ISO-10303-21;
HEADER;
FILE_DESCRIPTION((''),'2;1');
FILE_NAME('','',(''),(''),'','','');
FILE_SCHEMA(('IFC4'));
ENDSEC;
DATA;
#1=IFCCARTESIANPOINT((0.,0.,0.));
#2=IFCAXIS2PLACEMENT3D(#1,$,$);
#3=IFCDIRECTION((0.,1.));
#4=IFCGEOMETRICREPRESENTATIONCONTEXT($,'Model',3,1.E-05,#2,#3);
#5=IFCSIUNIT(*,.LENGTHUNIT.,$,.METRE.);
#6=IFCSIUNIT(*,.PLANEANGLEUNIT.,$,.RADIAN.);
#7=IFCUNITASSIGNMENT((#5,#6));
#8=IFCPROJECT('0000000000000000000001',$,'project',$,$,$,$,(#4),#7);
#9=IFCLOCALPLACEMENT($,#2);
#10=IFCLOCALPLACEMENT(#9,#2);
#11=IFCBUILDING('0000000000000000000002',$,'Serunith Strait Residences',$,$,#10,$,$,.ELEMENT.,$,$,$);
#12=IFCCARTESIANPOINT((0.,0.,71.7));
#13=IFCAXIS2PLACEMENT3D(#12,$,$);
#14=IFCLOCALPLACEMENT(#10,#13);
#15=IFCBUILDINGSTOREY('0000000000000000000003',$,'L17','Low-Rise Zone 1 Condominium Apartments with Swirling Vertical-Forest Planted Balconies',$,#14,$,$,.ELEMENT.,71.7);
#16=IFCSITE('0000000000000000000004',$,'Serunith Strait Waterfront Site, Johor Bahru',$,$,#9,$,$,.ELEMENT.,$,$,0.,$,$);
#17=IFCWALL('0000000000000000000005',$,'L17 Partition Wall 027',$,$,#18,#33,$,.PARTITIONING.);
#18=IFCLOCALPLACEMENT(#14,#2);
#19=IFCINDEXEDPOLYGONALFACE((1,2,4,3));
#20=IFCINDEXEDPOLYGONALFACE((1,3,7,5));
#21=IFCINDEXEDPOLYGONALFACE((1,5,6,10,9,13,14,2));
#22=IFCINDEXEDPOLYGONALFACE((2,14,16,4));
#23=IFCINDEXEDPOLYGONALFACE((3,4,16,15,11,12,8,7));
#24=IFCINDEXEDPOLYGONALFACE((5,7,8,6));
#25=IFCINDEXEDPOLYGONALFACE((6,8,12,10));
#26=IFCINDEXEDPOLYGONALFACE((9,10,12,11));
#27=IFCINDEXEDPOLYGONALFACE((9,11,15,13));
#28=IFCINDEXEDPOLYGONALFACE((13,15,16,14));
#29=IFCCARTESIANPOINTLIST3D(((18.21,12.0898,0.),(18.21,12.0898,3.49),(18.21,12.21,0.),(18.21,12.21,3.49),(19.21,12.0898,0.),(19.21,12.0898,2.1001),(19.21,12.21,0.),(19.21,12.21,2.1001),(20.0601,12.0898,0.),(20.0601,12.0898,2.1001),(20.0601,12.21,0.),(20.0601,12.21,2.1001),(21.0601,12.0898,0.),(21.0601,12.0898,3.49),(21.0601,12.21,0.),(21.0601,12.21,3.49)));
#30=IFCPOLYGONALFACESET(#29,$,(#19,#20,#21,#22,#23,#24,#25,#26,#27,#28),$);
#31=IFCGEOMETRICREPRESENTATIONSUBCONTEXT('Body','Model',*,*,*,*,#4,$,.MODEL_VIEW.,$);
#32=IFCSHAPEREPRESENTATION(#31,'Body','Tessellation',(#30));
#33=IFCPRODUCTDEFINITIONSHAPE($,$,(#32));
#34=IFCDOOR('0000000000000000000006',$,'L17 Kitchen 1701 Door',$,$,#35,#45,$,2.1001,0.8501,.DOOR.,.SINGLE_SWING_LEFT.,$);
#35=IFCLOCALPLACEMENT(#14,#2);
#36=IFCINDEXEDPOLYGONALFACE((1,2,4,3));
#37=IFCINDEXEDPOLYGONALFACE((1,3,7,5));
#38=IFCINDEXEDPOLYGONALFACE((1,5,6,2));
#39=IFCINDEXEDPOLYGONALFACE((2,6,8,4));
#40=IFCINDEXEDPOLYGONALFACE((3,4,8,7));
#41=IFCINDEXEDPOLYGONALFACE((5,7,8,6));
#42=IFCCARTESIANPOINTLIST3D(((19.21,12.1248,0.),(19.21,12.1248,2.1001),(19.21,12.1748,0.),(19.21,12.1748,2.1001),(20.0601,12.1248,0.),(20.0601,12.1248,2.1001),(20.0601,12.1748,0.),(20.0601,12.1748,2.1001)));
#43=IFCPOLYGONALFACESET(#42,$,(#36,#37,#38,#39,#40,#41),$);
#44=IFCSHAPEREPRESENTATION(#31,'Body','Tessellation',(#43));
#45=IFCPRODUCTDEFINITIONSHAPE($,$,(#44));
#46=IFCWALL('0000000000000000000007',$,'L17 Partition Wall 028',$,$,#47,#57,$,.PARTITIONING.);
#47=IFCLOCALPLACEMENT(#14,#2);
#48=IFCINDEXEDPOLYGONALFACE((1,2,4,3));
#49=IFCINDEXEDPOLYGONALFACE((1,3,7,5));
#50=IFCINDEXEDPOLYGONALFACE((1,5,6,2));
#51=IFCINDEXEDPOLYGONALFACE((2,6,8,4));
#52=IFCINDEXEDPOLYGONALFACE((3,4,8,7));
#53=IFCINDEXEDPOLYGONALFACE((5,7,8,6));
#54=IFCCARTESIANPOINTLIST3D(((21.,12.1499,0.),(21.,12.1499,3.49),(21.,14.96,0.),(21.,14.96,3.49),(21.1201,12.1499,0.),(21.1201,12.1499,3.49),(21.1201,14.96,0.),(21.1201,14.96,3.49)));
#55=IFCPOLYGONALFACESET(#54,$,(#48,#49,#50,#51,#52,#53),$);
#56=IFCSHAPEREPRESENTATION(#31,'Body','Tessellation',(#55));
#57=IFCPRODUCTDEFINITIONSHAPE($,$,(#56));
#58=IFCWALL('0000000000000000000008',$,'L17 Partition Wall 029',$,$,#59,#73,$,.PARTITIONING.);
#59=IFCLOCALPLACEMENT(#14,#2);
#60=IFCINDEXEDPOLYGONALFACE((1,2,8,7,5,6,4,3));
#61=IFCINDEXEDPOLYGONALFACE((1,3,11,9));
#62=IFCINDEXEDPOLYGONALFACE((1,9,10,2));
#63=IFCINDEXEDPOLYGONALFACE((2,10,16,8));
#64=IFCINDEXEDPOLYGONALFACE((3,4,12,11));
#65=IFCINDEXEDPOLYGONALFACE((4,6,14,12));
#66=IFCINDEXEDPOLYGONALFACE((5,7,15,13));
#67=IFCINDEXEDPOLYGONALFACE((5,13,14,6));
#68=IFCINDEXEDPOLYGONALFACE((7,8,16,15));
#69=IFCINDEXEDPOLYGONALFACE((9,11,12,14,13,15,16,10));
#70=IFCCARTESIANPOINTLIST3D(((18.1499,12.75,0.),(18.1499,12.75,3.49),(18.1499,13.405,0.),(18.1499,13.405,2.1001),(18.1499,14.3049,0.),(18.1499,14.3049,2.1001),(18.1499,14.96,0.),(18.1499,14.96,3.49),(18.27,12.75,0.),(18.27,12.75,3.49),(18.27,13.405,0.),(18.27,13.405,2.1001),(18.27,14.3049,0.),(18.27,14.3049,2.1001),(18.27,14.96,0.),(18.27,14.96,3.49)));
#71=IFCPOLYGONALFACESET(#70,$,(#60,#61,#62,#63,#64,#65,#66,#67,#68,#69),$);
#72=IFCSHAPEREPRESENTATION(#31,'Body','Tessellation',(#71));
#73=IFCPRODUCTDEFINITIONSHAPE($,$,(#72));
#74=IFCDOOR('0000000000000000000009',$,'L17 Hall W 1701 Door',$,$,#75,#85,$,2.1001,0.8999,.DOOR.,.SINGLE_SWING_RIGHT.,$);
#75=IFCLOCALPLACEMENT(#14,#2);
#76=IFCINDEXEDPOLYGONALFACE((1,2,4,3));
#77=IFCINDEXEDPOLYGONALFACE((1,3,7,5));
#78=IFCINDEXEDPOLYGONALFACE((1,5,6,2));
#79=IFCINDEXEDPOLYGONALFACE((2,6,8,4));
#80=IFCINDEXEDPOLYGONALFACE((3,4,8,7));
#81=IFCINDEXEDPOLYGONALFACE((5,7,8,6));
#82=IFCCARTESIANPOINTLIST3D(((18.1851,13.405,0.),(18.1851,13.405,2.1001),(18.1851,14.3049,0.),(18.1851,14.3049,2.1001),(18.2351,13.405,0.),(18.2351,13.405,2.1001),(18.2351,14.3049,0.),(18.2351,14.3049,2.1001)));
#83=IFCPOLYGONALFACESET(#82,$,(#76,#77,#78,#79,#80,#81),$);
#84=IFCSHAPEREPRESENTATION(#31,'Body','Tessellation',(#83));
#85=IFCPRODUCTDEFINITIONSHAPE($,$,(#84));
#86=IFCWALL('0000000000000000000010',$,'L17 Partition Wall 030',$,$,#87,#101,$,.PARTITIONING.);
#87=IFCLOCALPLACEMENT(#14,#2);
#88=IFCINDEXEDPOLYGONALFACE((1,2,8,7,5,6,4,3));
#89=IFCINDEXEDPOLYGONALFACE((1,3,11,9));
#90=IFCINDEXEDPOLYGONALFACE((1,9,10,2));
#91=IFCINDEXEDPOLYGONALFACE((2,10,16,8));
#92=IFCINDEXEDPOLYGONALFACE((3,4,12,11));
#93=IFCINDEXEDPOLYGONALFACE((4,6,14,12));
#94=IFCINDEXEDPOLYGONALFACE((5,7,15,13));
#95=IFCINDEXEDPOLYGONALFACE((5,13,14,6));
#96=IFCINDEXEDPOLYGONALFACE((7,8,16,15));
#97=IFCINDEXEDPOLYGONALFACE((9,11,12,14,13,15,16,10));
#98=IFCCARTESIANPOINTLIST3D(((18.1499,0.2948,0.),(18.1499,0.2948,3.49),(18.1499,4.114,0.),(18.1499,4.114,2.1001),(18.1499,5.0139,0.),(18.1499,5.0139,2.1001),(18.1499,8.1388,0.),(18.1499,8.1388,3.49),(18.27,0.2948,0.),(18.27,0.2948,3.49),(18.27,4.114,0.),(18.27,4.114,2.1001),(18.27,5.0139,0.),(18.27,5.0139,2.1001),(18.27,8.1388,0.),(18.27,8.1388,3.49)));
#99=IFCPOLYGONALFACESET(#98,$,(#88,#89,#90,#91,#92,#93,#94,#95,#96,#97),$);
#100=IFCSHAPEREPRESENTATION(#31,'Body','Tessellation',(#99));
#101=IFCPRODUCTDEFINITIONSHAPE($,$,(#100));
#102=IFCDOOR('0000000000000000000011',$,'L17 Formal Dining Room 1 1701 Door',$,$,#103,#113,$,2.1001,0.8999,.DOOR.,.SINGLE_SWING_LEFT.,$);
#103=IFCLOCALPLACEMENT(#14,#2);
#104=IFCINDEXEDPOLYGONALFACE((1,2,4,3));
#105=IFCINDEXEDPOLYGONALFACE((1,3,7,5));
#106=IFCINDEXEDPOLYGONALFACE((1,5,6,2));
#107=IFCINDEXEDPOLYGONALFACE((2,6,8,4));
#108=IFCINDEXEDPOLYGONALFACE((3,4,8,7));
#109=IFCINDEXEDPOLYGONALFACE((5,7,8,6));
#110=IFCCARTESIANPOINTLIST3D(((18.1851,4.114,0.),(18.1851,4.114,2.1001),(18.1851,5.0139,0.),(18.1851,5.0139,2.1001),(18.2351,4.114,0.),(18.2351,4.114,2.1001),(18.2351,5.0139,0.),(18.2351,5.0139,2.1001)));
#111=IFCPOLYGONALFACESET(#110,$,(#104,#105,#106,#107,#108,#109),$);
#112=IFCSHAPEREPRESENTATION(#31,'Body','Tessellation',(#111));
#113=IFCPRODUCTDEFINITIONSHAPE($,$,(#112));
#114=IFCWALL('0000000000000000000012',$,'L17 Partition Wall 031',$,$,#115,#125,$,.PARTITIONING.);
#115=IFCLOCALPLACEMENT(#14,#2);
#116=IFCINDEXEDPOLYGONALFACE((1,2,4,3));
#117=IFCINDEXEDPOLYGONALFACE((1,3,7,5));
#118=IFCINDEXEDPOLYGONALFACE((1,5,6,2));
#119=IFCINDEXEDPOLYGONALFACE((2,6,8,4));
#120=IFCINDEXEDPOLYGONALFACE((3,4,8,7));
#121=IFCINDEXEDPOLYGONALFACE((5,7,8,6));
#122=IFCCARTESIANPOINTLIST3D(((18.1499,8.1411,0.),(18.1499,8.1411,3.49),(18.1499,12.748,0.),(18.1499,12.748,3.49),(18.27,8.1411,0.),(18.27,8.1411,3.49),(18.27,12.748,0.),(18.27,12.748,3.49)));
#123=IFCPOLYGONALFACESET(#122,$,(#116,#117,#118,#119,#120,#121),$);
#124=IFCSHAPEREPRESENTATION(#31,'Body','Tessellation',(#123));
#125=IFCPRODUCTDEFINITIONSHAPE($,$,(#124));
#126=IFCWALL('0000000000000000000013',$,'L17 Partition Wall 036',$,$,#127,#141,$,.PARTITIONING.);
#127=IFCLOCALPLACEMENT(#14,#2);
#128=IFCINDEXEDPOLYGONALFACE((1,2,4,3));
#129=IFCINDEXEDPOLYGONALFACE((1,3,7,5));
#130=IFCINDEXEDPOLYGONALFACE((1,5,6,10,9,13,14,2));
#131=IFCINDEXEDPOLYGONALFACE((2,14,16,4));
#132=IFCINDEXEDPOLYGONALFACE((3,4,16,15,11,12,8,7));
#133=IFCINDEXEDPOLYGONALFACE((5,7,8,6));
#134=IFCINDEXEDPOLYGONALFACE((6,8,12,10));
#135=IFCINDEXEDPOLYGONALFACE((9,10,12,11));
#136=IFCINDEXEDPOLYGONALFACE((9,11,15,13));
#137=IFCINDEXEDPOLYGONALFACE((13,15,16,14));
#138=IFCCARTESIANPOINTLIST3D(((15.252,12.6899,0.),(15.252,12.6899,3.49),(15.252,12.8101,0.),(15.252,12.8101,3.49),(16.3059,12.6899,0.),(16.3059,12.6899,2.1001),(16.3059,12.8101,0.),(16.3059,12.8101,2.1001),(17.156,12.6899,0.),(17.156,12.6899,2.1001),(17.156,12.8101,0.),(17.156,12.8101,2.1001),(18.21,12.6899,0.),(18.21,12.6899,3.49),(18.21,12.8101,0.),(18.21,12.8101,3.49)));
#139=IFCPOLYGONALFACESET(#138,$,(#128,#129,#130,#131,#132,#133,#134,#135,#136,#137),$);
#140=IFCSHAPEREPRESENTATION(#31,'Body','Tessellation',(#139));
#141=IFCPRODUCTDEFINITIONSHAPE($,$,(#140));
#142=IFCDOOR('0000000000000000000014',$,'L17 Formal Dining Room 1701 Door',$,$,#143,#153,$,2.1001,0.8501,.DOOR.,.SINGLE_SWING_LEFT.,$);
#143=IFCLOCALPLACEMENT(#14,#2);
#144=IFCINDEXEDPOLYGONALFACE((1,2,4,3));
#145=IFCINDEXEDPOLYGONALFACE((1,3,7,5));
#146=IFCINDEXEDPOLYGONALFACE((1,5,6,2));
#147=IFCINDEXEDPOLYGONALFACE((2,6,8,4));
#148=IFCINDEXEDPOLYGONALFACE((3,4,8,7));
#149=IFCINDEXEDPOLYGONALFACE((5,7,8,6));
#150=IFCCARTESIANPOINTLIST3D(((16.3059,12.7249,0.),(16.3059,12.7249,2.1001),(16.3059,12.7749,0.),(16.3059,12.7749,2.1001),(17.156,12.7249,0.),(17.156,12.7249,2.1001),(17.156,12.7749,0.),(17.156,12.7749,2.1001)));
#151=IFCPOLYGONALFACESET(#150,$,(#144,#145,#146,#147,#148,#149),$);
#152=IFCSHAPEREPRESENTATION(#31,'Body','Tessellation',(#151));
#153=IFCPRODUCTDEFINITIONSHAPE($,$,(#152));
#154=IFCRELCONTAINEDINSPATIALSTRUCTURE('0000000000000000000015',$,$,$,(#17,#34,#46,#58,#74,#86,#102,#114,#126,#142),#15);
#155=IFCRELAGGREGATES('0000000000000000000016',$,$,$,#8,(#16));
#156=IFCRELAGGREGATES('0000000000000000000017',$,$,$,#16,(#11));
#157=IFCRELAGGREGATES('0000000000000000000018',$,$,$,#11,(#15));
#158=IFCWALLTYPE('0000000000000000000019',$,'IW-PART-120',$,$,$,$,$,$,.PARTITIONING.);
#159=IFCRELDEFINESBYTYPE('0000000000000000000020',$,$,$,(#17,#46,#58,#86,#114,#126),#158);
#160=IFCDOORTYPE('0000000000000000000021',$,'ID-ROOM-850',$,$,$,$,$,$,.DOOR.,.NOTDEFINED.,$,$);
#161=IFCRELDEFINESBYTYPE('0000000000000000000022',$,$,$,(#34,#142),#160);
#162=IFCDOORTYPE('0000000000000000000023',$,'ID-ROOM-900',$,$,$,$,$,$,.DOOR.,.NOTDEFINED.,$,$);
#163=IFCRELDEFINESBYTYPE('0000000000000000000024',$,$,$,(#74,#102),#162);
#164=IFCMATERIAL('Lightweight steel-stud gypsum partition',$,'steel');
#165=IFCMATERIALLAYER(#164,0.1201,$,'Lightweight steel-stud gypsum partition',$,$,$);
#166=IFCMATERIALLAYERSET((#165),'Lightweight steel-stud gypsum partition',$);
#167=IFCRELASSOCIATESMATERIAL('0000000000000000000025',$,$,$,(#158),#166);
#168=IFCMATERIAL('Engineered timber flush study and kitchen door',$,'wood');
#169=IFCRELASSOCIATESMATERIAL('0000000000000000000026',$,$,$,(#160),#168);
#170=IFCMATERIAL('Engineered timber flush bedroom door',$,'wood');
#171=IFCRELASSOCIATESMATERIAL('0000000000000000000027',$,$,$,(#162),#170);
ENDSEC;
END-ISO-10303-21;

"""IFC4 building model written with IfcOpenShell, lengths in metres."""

from ifc_helpers import new_model, si_unit, direction, frame, frame_2d, origin, place, context, subcontext, project, spatial, rectangle, extrude, source, transform, mapped, material, layer, layer_set, type_object, element, fill, save


model = new_model("IFC4")

# Units and contexts
model_context = context("Model", 3, precision=1e-05, world=origin(), true_north=direction((0.0, 1.0)))
body_context = subcontext(model_context, "Body", "Model", "MODEL_VIEW")
ifc_project = project(units=[si_unit("LENGTHUNIT", "METRE"), si_unit("PLANEANGLEUNIT", "RADIAN")], contexts=[model_context])

# Site, building, storey
site_placement = place(None, origin())
site = spatial("IfcSite", under=ifc_project, at=site_placement, Name="Serunith Strait Waterfront Site, Johor Bahru", CompositionType="ELEMENT", RefElevation=0.0)
building_placement = place(site_placement, origin())
building = spatial("IfcBuilding", under=site, at=building_placement, Name="Serunith Strait Residences", CompositionType="ELEMENT")
storey_placement = place(building_placement, frame((0.0, 0.0, 71.7)))
storey = spatial("IfcBuildingStorey", under=building, at=storey_placement, Name="L17", Description="Low-Rise Zone 1 Condominium Apartments with Swirling Vertical-Forest Planted Balconies", CompositionType="ELEMENT", Elevation=71.7)

# Wall, opening, door
ifc_material_1 = material(Name="Lightweight steel-stud gypsum partition", Category="steel")
ifc_layer_1 = layer(ifc_material_1, 0.1201, Name="Lightweight steel-stud gypsum partition")
ifc_layer_set_1 = layer_set([ifc_layer_1], Name="Lightweight steel-stud gypsum partition")
wall_type_1 = type_object("IfcWallType", Name="IW-PART-120", PredefinedType="PARTITIONING", material=ifc_layer_set_1)
wall_1_placement = place(storey_placement, frame((18.21, 12.1499, 0.0), z_axis=(0.0, 0.0, 1.0), x_axis=(1.0, 0.0, 0.0)))
wall_1 = element("IfcWall", 1, at=wall_1_placement, inside=storey, type_object=wall_type_1, Name="L17 Partition Wall 027", PredefinedType="PARTITIONING", context=body_context, shape_type="SweptSolid", body=[
    extrude(rectangle(XDim=2.8501, YDim=0.1201, at=frame_2d((1.425, 0.0))), origin(), (0.0, 0.0, 1.0), 3.49),
])
opening_1_placement = place(wall_1_placement, frame((1.0, 0.0, 0.0)))
opening_1 = element("IfcOpeningElement", 2, at=opening_1_placement, cuts=wall_1, PredefinedType="OPENING", context=body_context, shape_type="SweptSolid", body=[
    extrude(rectangle(XDim=0.8501, YDim=2.1001, at=frame_2d((0.425, 1.05))), frame((0.0, 0.0701, 0.0), z_axis=(0.0, -1.0, 0.0), x_axis=(1.0, 0.0, 0.0)), (0.0, 0.0, 1.0), 0.1401),
])
ifc_material_2 = material(Name="Engineered timber flush study and kitchen door", Category="wood")
door_type_1 = type_object("IfcDoorType", Name="ID-ROOM-850", OperationType="NOTDEFINED", PredefinedType="DOOR", material=ifc_material_2)
shared_shape_1 = source(origin(), body_context, "Body", "SweptSolid", [
    extrude(rectangle(XDim=0.8501, YDim=2.1001, at=frame_2d((0.425, 1.05))), frame((0.0, 0.0249, 0.0), z_axis=(0.0, -1.0, 0.0), x_axis=(1.0, 0.0, 0.0)), (0.0, 0.0, 1.0), 0.05),
])
door_1_placement = place(opening_1_placement, origin())
door_1 = element("IfcDoor", 3, at=door_1_placement, inside=storey, type_object=door_type_1, Name="L17 Kitchen 1701 Door", OperationType="SINGLE_SWING_LEFT", OverallHeight=2.1001, OverallWidth=0.8501, PredefinedType="DOOR", context=body_context, shape_type="MappedRepresentation", body=[
    mapped(shared_shape_1, transform((0.0, 0.0, 0.0), scale=1.0)),
])
fill(opening_1, door_1)

# Wall
wall_2_placement = place(storey_placement, frame((21.0601, 12.1499, 0.0), z_axis=(0.0, 0.0, 1.0), x_axis=(0.0, 1.0, 0.0)))
element("IfcWall", 4, at=wall_2_placement, inside=storey, type_object=wall_type_1, Name="L17 Partition Wall 028", PredefinedType="PARTITIONING", context=body_context, shape_type="SweptSolid", body=[
    extrude(rectangle(XDim=2.8101, YDim=0.1201, at=frame_2d((1.405, 0.0))), origin(), (0.0, 0.0, 1.0), 3.49),
])

# Walls, openings, doors
wall_3_placement = place(storey_placement, frame((18.21, 12.75, 0.0), z_axis=(0.0, 0.0, 1.0), x_axis=(0.0, 1.0, 0.0)))
wall_3 = element("IfcWall", 5, at=wall_3_placement, inside=storey, type_object=wall_type_1, Name="L17 Partition Wall 029", PredefinedType="PARTITIONING", context=body_context, shape_type="SweptSolid", body=[
    extrude(rectangle(XDim=2.21, YDim=0.1201, at=frame_2d((1.105, 0.0))), origin(), (0.0, 0.0, 1.0), 3.49),
])
opening_2_placement = place(wall_3_placement, frame((0.655, 0.0, 0.0)))
opening_2 = element("IfcOpeningElement", 6, at=opening_2_placement, cuts=wall_3, PredefinedType="OPENING", context=body_context, shape_type="SweptSolid", body=[
    extrude(rectangle(XDim=0.8999, YDim=2.1001, at=frame_2d((0.45, 1.05))), frame((0.0, 0.0701, 0.0), z_axis=(0.0, -1.0, 0.0), x_axis=(1.0, 0.0, 0.0)), (0.0, 0.0, 1.0), 0.1401),
])
ifc_material_3 = material(Name="Engineered timber flush bedroom door", Category="wood")
door_type_2 = type_object("IfcDoorType", Name="ID-ROOM-900", OperationType="NOTDEFINED", PredefinedType="DOOR", material=ifc_material_3)
shared_shape_2 = source(origin(), body_context, "Body", "SweptSolid", [
    extrude(rectangle(XDim=0.8999, YDim=2.1001, at=frame_2d((0.45, 1.05))), frame((0.0, 0.0249, 0.0), z_axis=(0.0, -1.0, 0.0), x_axis=(1.0, 0.0, 0.0)), (0.0, 0.0, 1.0), 0.05),
])
door_2_placement = place(opening_2_placement, origin())
door_2 = element("IfcDoor", 7, at=door_2_placement, inside=storey, type_object=door_type_2, Name="L17 Hall W 1701 Door", OperationType="SINGLE_SWING_RIGHT", OverallHeight=2.1001, OverallWidth=0.8999, PredefinedType="DOOR", context=body_context, shape_type="MappedRepresentation", body=[
    mapped(shared_shape_2, transform((0.0, 0.0, 0.0), scale=1.0)),
])
fill(opening_2, door_2)
wall_4_placement = place(storey_placement, frame((18.21, 0.2949, 0.0), z_axis=(0.0, 0.0, 1.0), x_axis=(0.0, 1.0, 0.0)))
wall_4 = element("IfcWall", 8, at=wall_4_placement, inside=storey, type_object=wall_type_1, Name="L17 Partition Wall 030", PredefinedType="PARTITIONING", context=body_context, shape_type="SweptSolid", body=[
    extrude(rectangle(XDim=7.844, YDim=0.1201, at=frame_2d((3.9219, 0.0))), origin(), (0.0, 0.0, 1.0), 3.49),
])
opening_3_placement = place(wall_4_placement, frame((3.8191, 0.0, 0.0)))
opening_3 = element("IfcOpeningElement", 9, at=opening_3_placement, cuts=wall_4, PredefinedType="OPENING", context=body_context, shape_type="SweptSolid", body=[
    extrude(rectangle(XDim=0.8999, YDim=2.1001, at=frame_2d((0.45, 1.05))), frame((0.0, 0.0701, 0.0), z_axis=(0.0, -1.0, 0.0), x_axis=(1.0, 0.0, 0.0)), (0.0, 0.0, 1.0), 0.1401),
])
door_3_placement = place(opening_3_placement, origin())
door_3 = element("IfcDoor", 10, at=door_3_placement, inside=storey, type_object=door_type_2, Name="L17 Formal Dining Room 1 1701 Door", OperationType="SINGLE_SWING_LEFT", OverallHeight=2.1001, OverallWidth=0.8999, PredefinedType="DOOR", context=body_context, shape_type="MappedRepresentation", body=[
    mapped(shared_shape_2, transform((0.0, 0.0, 0.0), scale=1.0)),
])
fill(opening_3, door_3)

# Wall
wall_5_placement = place(storey_placement, frame((18.21, 8.1411, 0.0), z_axis=(0.0, 0.0, 1.0), x_axis=(0.0, 1.0, 0.0)))
element("IfcWall", 11, at=wall_5_placement, inside=storey, type_object=wall_type_1, Name="L17 Partition Wall 031", PredefinedType="PARTITIONING", context=body_context, shape_type="SweptSolid", body=[
    extrude(rectangle(XDim=4.6069, YDim=0.1201, at=frame_2d((2.3035, 0.0))), origin(), (0.0, 0.0, 1.0), 3.49),
])

# Wall, opening, door
wall_6_placement = place(storey_placement, frame((15.252, 12.75, 0.0), z_axis=(0.0, 0.0, 1.0), x_axis=(1.0, 0.0, 0.0)))
wall_6 = element("IfcWall", 12, at=wall_6_placement, inside=storey, type_object=wall_type_1, Name="L17 Partition Wall 036", PredefinedType="PARTITIONING", context=body_context, shape_type="SweptSolid", body=[
    extrude(rectangle(XDim=2.958, YDim=0.1201, at=frame_2d((1.479, 0.0))), origin(), (0.0, 0.0, 1.0), 3.49),
])
opening_4_placement = place(wall_6_placement, frame((1.054, 0.0, 0.0)))
opening_4 = element("IfcOpeningElement", 13, at=opening_4_placement, cuts=wall_6, PredefinedType="OPENING", context=body_context, shape_type="SweptSolid", body=[
    extrude(rectangle(XDim=0.8501, YDim=2.1001, at=frame_2d((0.425, 1.05))), frame((0.0, 0.0701, 0.0), z_axis=(0.0, -1.0, 0.0), x_axis=(1.0, 0.0, 0.0)), (0.0, 0.0, 1.0), 0.1401),
])
door_4_placement = place(opening_4_placement, origin())
door_4 = element("IfcDoor", 14, at=door_4_placement, inside=storey, type_object=door_type_1, Name="L17 Formal Dining Room 1701 Door", OperationType="SINGLE_SWING_LEFT", OverallHeight=2.1001, OverallWidth=0.8501, PredefinedType="DOOR", context=body_context, shape_type="MappedRepresentation", body=[
    mapped(shared_shape_1, transform((0.0, 0.0, 0.0), scale=1.0)),
])
fill(opening_4, door_4)

save(model, "model.ifc")
